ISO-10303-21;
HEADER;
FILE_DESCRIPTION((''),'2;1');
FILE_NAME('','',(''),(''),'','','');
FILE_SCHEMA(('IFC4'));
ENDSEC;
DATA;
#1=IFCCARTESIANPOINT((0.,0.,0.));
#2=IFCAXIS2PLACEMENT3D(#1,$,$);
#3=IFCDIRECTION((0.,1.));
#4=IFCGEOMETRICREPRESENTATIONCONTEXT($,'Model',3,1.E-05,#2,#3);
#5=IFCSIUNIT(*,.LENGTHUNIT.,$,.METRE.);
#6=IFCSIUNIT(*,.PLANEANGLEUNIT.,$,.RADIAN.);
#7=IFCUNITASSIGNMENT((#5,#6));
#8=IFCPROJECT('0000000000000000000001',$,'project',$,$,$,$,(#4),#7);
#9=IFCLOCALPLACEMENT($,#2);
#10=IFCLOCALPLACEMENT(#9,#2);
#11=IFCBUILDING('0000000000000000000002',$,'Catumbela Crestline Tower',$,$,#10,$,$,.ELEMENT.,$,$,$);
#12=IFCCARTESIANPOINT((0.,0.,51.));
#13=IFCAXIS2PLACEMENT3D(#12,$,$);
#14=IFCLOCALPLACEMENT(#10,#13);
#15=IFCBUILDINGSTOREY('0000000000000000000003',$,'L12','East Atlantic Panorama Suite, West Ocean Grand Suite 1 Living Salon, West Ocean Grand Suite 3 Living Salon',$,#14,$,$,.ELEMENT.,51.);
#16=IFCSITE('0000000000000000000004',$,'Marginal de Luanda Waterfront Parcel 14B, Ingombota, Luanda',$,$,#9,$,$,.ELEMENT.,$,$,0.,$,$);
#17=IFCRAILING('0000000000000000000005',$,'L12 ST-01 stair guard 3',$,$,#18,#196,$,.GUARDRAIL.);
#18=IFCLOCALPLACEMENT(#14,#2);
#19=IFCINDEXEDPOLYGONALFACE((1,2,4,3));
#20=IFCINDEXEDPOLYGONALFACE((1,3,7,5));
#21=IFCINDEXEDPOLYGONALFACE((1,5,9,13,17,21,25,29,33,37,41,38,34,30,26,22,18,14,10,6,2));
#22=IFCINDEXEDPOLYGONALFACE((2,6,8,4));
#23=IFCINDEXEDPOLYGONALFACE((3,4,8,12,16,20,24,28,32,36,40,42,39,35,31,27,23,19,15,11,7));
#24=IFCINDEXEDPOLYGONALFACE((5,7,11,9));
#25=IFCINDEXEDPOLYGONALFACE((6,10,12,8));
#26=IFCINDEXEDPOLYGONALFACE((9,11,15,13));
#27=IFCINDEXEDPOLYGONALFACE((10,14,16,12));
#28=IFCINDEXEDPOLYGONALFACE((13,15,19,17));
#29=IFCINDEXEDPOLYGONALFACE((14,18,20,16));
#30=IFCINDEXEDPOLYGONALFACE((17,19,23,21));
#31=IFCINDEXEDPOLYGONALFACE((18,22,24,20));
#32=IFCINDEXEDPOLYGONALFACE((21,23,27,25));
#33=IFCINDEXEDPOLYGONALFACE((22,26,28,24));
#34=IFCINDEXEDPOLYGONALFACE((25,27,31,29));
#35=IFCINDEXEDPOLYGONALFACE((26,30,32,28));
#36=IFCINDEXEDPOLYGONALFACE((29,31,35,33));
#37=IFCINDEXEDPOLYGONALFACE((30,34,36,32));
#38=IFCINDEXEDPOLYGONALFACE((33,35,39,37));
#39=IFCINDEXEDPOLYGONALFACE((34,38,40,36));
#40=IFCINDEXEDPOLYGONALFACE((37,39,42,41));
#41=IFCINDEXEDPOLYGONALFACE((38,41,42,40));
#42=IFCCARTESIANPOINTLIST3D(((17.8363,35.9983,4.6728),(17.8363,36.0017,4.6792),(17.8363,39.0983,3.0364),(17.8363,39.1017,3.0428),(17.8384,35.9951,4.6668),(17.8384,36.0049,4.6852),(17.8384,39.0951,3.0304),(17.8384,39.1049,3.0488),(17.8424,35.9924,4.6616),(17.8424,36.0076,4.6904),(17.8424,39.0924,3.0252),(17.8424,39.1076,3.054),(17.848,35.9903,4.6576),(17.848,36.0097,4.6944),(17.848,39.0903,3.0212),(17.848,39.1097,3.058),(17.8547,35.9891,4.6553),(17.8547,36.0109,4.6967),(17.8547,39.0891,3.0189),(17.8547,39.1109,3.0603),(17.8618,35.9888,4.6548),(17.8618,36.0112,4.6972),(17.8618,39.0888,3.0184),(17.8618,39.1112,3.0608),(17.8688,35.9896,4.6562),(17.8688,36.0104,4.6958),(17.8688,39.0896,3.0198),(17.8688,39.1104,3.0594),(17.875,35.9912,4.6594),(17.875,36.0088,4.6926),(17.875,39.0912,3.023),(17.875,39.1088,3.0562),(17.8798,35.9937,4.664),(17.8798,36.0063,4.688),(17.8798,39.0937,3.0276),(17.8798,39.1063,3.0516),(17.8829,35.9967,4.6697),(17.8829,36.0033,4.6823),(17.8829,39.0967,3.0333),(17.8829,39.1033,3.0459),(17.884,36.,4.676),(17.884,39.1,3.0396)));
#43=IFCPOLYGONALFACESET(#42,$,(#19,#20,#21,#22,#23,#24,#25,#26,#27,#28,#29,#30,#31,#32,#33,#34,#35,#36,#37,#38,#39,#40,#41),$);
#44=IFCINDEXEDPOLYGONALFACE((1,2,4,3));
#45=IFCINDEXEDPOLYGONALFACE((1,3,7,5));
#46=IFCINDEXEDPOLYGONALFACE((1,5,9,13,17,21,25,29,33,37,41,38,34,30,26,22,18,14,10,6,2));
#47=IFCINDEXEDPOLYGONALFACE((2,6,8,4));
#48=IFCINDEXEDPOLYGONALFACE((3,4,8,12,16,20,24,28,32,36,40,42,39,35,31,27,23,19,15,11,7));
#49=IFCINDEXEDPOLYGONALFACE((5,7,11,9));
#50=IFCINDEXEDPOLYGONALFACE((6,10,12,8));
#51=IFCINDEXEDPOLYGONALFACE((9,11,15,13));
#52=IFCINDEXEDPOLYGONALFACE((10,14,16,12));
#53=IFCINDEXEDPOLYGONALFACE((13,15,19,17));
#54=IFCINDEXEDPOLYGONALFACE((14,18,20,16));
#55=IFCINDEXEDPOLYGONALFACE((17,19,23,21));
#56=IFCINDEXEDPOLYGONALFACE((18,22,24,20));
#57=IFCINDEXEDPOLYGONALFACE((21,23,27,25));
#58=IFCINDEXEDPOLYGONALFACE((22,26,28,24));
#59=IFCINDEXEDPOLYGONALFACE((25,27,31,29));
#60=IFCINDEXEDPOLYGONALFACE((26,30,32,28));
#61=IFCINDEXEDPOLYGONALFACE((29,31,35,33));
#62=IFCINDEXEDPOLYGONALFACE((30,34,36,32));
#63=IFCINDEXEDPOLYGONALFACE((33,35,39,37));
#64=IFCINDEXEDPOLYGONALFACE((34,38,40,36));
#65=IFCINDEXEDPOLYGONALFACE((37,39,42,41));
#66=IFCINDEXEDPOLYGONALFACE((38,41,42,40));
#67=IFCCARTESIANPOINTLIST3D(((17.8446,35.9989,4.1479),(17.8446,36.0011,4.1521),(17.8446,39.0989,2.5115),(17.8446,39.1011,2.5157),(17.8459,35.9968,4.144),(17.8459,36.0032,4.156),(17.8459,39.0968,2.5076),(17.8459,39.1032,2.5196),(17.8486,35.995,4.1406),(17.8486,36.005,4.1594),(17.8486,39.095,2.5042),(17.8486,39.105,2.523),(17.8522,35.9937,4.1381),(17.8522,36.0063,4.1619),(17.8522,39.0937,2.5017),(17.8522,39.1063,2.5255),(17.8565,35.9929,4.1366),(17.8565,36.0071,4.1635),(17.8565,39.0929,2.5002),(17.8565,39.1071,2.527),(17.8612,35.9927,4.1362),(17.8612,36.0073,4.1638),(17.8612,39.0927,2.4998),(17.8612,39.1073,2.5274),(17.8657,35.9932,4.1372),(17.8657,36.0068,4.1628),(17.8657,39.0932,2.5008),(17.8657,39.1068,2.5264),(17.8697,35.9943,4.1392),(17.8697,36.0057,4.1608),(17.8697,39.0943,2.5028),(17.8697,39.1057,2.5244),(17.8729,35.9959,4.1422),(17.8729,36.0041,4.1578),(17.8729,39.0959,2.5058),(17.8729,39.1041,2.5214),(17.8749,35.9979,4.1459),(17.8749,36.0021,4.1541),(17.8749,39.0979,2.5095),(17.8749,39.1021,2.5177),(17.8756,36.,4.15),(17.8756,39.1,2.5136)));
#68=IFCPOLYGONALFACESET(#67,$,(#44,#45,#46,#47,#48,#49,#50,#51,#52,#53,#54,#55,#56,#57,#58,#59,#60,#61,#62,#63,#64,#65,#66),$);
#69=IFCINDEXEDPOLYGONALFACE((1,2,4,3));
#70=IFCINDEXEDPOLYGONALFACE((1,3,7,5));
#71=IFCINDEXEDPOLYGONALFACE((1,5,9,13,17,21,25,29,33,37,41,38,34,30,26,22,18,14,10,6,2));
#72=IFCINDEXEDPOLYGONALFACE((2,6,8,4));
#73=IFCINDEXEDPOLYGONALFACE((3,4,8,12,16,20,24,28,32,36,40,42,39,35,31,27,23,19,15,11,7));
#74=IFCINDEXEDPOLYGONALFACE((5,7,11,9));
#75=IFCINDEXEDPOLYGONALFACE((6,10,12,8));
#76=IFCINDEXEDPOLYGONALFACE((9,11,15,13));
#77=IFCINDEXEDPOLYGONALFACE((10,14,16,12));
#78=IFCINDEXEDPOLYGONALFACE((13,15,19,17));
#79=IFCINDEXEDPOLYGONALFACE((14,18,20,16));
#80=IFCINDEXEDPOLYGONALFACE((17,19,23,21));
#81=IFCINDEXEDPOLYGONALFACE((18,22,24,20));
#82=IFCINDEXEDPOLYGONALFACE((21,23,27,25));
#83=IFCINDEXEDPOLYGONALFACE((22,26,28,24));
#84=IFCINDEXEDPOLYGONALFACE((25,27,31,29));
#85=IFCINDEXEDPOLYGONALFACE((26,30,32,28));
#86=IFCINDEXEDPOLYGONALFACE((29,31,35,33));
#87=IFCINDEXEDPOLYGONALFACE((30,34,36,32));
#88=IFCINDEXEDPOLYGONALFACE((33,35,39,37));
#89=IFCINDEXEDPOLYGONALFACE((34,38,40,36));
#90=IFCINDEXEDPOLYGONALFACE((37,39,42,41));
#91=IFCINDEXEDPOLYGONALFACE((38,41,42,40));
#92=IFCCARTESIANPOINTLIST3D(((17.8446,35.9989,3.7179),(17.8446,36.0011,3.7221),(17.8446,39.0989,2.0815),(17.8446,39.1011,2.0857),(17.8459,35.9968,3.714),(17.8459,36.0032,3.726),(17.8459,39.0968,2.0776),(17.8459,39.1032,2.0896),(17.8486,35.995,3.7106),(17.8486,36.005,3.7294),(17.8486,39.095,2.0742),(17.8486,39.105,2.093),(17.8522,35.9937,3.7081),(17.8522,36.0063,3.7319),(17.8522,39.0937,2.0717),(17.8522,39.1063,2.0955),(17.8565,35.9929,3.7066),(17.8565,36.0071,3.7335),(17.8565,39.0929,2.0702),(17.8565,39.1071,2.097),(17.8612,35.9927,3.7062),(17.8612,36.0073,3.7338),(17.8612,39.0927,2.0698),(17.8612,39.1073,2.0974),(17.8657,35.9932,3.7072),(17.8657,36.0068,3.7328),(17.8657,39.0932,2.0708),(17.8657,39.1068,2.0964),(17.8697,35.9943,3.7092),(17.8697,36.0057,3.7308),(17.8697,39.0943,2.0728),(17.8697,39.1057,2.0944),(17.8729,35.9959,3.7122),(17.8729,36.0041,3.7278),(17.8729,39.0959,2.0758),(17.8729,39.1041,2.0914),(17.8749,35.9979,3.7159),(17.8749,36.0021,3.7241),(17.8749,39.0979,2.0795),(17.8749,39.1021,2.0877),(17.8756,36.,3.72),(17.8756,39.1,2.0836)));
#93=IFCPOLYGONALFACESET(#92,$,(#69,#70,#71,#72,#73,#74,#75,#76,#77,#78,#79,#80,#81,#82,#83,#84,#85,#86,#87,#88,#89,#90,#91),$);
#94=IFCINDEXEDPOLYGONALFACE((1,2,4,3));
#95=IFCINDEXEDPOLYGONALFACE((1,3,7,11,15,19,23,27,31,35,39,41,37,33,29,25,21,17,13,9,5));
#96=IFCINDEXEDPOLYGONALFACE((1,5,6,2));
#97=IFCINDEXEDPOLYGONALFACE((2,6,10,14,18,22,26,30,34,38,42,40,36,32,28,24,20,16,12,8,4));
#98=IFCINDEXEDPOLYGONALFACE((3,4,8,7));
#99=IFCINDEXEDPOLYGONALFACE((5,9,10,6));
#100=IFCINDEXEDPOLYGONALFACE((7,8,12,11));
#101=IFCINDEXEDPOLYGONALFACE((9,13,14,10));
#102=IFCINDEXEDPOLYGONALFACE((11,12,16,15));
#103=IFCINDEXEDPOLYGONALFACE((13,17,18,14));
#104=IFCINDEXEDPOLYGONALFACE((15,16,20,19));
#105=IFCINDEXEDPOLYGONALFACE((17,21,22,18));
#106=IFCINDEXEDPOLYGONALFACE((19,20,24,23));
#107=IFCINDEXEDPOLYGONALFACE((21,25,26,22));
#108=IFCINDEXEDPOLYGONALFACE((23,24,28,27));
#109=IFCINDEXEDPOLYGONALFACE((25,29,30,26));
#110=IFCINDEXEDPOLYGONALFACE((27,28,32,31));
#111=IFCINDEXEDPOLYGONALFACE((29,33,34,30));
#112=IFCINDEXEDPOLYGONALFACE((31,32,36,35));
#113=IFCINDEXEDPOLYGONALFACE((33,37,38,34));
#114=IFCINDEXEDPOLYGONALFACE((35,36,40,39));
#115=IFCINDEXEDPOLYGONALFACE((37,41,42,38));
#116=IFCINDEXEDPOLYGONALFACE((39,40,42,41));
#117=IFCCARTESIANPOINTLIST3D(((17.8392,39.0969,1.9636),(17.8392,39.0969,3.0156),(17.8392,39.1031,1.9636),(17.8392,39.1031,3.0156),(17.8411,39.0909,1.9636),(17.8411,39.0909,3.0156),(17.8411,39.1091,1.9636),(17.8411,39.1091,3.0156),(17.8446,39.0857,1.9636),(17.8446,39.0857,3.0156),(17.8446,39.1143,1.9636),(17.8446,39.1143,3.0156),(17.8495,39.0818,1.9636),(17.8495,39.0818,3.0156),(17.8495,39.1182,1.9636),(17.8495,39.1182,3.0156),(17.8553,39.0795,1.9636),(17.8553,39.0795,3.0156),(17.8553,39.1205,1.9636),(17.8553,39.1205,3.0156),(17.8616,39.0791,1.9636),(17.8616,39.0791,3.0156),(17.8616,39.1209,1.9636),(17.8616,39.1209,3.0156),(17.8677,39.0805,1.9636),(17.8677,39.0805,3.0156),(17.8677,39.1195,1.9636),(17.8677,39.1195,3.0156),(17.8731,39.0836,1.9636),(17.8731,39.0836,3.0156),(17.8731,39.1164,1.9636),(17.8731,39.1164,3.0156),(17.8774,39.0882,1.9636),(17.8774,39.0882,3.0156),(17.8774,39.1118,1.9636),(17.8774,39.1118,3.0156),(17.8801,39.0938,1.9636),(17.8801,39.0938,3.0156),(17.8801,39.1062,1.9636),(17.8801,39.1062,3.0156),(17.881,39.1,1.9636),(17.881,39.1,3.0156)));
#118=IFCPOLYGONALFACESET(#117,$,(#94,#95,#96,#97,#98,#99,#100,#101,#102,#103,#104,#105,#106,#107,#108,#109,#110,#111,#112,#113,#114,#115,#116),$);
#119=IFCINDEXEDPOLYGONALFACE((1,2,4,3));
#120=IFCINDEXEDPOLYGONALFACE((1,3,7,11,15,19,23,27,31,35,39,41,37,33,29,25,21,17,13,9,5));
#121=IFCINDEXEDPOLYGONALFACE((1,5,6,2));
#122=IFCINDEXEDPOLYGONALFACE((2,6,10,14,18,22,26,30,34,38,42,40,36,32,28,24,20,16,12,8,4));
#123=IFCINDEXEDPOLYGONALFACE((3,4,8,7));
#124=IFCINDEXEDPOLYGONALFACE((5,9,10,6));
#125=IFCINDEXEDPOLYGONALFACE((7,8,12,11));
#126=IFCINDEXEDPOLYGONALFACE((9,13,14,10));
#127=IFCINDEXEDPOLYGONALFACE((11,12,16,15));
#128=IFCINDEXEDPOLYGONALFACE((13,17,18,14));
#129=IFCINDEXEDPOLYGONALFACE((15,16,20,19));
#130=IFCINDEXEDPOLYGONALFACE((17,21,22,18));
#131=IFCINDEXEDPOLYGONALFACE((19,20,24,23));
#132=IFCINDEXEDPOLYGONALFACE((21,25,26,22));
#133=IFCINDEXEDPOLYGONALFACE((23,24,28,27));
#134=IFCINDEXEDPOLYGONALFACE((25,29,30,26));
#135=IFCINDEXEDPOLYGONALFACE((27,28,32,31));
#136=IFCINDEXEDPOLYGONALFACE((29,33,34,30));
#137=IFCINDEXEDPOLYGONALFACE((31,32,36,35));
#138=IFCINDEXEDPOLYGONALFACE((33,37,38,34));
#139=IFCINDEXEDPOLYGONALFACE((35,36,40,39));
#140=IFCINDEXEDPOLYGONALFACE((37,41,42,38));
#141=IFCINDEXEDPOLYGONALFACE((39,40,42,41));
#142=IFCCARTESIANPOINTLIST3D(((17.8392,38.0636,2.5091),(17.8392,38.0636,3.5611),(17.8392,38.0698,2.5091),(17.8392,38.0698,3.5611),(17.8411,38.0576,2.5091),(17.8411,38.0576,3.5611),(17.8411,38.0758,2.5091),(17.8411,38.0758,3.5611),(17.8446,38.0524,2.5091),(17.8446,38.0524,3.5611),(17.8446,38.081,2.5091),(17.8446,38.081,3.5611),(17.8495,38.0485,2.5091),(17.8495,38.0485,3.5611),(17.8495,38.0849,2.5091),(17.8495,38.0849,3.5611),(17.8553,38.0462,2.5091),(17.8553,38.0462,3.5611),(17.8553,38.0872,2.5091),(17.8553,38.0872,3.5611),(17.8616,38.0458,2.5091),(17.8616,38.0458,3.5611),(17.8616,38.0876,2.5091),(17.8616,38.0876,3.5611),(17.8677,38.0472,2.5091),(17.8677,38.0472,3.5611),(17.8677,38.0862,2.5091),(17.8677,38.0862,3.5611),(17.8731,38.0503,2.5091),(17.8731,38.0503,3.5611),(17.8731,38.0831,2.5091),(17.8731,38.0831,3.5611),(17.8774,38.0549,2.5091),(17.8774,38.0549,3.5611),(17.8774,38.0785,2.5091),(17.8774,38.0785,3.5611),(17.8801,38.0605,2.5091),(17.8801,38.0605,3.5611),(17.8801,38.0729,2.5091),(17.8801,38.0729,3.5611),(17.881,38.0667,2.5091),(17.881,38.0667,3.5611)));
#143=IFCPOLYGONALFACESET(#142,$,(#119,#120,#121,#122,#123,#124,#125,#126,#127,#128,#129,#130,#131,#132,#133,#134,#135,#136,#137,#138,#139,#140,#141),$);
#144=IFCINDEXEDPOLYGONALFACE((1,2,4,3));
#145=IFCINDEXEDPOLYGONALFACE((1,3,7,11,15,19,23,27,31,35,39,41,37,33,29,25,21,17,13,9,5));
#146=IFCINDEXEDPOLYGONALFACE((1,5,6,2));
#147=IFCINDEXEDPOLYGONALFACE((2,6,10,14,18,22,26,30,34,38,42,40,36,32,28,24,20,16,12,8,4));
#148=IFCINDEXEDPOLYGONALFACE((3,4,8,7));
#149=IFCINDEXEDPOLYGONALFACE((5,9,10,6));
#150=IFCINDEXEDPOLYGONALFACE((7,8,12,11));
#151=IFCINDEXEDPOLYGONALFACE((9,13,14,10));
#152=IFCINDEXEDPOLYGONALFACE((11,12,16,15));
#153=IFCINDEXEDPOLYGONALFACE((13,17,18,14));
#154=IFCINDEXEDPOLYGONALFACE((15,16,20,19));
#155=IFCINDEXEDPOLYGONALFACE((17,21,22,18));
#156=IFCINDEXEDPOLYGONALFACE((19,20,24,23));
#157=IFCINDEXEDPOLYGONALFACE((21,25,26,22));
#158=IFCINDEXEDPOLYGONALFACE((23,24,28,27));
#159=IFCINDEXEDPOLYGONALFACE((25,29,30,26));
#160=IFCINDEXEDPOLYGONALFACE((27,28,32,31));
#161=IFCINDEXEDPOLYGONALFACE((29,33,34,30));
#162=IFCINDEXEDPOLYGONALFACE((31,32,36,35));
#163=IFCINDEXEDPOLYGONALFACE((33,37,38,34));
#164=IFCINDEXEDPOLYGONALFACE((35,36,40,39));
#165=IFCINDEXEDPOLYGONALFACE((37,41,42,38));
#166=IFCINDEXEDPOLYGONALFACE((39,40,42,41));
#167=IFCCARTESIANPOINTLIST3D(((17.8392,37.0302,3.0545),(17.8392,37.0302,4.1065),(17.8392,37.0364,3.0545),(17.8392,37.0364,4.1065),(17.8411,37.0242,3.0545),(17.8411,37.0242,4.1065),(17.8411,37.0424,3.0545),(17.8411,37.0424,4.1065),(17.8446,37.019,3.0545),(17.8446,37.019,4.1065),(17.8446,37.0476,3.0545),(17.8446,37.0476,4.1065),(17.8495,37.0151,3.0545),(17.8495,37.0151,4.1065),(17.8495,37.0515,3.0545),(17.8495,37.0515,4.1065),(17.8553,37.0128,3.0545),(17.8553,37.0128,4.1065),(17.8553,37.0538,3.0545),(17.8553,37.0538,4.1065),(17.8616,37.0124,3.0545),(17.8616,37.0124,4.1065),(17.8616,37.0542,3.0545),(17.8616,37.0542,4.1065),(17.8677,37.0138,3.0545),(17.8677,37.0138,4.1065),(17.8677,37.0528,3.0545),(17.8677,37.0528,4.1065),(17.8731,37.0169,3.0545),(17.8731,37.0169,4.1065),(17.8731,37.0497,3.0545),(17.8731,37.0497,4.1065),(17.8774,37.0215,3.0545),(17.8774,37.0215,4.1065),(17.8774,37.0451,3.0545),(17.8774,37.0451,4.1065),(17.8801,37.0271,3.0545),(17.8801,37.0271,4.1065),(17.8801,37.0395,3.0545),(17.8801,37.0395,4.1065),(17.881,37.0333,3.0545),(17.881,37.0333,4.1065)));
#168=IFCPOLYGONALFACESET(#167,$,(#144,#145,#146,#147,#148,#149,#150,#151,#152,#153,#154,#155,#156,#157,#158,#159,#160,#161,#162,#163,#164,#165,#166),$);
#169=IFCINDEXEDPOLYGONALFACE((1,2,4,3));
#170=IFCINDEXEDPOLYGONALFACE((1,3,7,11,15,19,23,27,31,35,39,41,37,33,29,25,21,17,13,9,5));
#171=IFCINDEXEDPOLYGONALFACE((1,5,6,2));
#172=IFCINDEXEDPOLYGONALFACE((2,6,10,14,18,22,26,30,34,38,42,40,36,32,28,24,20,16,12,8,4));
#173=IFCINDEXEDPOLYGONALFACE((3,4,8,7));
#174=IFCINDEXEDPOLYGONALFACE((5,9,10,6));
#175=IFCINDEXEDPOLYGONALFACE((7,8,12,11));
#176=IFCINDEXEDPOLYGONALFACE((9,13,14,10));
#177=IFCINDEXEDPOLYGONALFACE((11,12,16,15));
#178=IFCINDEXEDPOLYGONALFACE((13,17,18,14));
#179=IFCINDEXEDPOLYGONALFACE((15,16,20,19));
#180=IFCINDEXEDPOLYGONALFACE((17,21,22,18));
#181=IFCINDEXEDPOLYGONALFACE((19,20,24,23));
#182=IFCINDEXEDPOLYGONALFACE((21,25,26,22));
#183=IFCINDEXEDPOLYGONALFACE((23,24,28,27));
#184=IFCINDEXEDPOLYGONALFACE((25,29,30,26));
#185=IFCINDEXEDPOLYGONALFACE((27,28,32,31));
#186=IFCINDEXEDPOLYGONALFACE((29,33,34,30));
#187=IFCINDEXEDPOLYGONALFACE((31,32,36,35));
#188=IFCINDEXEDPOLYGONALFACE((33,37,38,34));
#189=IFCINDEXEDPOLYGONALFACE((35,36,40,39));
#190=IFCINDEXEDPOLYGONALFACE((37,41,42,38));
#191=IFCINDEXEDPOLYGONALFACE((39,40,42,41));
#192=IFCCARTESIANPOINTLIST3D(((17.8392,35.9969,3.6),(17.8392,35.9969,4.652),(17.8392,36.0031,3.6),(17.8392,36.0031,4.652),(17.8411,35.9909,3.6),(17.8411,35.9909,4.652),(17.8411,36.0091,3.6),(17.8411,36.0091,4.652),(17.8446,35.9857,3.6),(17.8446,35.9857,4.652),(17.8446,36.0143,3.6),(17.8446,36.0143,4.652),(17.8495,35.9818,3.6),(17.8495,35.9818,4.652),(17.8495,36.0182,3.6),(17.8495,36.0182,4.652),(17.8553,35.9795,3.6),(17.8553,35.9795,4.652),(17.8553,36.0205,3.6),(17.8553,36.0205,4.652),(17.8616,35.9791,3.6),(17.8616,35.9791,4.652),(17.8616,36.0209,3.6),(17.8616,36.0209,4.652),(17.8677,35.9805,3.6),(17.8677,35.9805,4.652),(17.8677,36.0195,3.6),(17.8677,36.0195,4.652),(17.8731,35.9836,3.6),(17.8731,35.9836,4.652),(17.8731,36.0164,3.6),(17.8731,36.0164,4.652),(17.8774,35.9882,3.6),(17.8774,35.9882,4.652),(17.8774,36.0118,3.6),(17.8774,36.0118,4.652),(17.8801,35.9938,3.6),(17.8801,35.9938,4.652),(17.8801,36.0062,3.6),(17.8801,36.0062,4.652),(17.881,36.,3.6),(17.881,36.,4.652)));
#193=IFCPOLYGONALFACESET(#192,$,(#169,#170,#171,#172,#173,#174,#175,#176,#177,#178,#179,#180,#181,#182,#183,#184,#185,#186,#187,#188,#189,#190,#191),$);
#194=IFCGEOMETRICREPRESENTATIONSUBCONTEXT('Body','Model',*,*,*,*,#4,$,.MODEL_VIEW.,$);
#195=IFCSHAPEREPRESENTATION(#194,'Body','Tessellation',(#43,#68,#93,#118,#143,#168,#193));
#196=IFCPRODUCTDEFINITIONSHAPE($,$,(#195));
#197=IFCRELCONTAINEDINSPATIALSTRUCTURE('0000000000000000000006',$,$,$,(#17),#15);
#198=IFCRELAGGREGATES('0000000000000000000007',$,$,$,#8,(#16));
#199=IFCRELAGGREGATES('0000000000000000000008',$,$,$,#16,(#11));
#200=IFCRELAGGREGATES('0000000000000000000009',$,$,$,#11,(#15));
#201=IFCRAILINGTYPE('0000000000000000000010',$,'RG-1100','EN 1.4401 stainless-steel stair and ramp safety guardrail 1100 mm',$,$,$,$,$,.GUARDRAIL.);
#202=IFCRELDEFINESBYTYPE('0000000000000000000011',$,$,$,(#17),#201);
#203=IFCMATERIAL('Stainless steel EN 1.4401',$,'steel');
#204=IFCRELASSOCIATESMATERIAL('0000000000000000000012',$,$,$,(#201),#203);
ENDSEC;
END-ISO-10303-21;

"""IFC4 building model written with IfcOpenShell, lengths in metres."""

from ifc_helpers import new_model, si_unit, direction, frame, origin, origin_2d, place, context, subcontext, project, spatial, circle, extrude, material, type_object, element, save


model = new_model("IFC4")

# Units and contexts
model_context = context("Model", 3, precision=1e-05, world=origin(), true_north=direction((0.0, 1.0)))
body_context = subcontext(model_context, "Body", "Model", "MODEL_VIEW")
ifc_project = project(units=[si_unit("LENGTHUNIT", "METRE"), si_unit("PLANEANGLEUNIT", "RADIAN")], contexts=[model_context])

# Site, building, storey
site_placement = place(None, origin())
site = spatial("IfcSite", under=ifc_project, at=site_placement, Name="Marginal de Luanda Waterfront Parcel 14B, Ingombota, Luanda", CompositionType="ELEMENT", RefElevation=0.0)
building_placement = place(site_placement, origin())
building = spatial("IfcBuilding", under=site, at=building_placement, Name="Catumbela Crestline Tower", CompositionType="ELEMENT")
storey_placement = place(building_placement, frame((0.0, 0.0, 51.0)))
storey = spatial("IfcBuildingStorey", under=building, at=storey_placement, Name="L12", Description="East Atlantic Panorama Suite, West Ocean Grand Suite 1 Living Salon, West Ocean Grand Suite 3 Living Salon", CompositionType="ELEMENT", Elevation=51.0)

# Railing
ifc_material_1 = material(Name="Stainless steel EN 1.4401", Category="steel")
railing_type_1 = type_object("IfcRailingType", Name="RG-1100", Description="EN 1.4401 stainless-steel stair and ramp safety guardrail 1100 mm", PredefinedType="GUARDRAIL", material=ifc_material_1)
railing_1_placement = place(storey_placement, frame((17.86, 39.1, 1.9636)))
element("IfcRailing", 1, at=railing_1_placement, inside=storey, type_object=railing_type_1, Name="L12 ST-01 stair guard 3", PredefinedType="GUARDRAIL", context=body_context, shape_type="SweptSolid", body=[
    extrude(circle(Radius=0.024, at=origin_2d()), frame((0.0, 0.0, 1.076), z_axis=(0.0, -0.884351, 0.466823), x_axis=(1.0, 0.0, 0.0)), (0.0, 0.0, 1.0), 3.5054),
    extrude(circle(Radius=0.0156, at=origin_2d()), frame((0.0, 0.0, 0.55), z_axis=(0.0, -0.884351, 0.466823), x_axis=(1.0, 0.0, 0.0)), (0.0, 0.0, 1.0), 3.5054),
    extrude(circle(Radius=0.0156, at=origin_2d()), frame((0.0, 0.0, 0.12), z_axis=(0.0, -0.884351, 0.466823), x_axis=(1.0, 0.0, 0.0)), (0.0, 0.0, 1.0), 3.5054),
    extrude(circle(Radius=0.021, at=origin_2d()), origin(), (0.0, 0.0, 1.0), 1.052),
    extrude(circle(Radius=0.021, at=origin_2d()), frame((0.0, -1.0333, 0.5455)), (0.0, 0.0, 1.0), 1.052),
    extrude(circle(Radius=0.021, at=origin_2d()), frame((0.0, -2.0667, 1.0909)), (0.0, 0.0, 1.0), 1.052),
    extrude(circle(Radius=0.021, at=origin_2d()), frame((0.0, -3.1, 1.6364)), (0.0, 0.0, 1.0), 1.052),
])

save(model, "model.ifc")
